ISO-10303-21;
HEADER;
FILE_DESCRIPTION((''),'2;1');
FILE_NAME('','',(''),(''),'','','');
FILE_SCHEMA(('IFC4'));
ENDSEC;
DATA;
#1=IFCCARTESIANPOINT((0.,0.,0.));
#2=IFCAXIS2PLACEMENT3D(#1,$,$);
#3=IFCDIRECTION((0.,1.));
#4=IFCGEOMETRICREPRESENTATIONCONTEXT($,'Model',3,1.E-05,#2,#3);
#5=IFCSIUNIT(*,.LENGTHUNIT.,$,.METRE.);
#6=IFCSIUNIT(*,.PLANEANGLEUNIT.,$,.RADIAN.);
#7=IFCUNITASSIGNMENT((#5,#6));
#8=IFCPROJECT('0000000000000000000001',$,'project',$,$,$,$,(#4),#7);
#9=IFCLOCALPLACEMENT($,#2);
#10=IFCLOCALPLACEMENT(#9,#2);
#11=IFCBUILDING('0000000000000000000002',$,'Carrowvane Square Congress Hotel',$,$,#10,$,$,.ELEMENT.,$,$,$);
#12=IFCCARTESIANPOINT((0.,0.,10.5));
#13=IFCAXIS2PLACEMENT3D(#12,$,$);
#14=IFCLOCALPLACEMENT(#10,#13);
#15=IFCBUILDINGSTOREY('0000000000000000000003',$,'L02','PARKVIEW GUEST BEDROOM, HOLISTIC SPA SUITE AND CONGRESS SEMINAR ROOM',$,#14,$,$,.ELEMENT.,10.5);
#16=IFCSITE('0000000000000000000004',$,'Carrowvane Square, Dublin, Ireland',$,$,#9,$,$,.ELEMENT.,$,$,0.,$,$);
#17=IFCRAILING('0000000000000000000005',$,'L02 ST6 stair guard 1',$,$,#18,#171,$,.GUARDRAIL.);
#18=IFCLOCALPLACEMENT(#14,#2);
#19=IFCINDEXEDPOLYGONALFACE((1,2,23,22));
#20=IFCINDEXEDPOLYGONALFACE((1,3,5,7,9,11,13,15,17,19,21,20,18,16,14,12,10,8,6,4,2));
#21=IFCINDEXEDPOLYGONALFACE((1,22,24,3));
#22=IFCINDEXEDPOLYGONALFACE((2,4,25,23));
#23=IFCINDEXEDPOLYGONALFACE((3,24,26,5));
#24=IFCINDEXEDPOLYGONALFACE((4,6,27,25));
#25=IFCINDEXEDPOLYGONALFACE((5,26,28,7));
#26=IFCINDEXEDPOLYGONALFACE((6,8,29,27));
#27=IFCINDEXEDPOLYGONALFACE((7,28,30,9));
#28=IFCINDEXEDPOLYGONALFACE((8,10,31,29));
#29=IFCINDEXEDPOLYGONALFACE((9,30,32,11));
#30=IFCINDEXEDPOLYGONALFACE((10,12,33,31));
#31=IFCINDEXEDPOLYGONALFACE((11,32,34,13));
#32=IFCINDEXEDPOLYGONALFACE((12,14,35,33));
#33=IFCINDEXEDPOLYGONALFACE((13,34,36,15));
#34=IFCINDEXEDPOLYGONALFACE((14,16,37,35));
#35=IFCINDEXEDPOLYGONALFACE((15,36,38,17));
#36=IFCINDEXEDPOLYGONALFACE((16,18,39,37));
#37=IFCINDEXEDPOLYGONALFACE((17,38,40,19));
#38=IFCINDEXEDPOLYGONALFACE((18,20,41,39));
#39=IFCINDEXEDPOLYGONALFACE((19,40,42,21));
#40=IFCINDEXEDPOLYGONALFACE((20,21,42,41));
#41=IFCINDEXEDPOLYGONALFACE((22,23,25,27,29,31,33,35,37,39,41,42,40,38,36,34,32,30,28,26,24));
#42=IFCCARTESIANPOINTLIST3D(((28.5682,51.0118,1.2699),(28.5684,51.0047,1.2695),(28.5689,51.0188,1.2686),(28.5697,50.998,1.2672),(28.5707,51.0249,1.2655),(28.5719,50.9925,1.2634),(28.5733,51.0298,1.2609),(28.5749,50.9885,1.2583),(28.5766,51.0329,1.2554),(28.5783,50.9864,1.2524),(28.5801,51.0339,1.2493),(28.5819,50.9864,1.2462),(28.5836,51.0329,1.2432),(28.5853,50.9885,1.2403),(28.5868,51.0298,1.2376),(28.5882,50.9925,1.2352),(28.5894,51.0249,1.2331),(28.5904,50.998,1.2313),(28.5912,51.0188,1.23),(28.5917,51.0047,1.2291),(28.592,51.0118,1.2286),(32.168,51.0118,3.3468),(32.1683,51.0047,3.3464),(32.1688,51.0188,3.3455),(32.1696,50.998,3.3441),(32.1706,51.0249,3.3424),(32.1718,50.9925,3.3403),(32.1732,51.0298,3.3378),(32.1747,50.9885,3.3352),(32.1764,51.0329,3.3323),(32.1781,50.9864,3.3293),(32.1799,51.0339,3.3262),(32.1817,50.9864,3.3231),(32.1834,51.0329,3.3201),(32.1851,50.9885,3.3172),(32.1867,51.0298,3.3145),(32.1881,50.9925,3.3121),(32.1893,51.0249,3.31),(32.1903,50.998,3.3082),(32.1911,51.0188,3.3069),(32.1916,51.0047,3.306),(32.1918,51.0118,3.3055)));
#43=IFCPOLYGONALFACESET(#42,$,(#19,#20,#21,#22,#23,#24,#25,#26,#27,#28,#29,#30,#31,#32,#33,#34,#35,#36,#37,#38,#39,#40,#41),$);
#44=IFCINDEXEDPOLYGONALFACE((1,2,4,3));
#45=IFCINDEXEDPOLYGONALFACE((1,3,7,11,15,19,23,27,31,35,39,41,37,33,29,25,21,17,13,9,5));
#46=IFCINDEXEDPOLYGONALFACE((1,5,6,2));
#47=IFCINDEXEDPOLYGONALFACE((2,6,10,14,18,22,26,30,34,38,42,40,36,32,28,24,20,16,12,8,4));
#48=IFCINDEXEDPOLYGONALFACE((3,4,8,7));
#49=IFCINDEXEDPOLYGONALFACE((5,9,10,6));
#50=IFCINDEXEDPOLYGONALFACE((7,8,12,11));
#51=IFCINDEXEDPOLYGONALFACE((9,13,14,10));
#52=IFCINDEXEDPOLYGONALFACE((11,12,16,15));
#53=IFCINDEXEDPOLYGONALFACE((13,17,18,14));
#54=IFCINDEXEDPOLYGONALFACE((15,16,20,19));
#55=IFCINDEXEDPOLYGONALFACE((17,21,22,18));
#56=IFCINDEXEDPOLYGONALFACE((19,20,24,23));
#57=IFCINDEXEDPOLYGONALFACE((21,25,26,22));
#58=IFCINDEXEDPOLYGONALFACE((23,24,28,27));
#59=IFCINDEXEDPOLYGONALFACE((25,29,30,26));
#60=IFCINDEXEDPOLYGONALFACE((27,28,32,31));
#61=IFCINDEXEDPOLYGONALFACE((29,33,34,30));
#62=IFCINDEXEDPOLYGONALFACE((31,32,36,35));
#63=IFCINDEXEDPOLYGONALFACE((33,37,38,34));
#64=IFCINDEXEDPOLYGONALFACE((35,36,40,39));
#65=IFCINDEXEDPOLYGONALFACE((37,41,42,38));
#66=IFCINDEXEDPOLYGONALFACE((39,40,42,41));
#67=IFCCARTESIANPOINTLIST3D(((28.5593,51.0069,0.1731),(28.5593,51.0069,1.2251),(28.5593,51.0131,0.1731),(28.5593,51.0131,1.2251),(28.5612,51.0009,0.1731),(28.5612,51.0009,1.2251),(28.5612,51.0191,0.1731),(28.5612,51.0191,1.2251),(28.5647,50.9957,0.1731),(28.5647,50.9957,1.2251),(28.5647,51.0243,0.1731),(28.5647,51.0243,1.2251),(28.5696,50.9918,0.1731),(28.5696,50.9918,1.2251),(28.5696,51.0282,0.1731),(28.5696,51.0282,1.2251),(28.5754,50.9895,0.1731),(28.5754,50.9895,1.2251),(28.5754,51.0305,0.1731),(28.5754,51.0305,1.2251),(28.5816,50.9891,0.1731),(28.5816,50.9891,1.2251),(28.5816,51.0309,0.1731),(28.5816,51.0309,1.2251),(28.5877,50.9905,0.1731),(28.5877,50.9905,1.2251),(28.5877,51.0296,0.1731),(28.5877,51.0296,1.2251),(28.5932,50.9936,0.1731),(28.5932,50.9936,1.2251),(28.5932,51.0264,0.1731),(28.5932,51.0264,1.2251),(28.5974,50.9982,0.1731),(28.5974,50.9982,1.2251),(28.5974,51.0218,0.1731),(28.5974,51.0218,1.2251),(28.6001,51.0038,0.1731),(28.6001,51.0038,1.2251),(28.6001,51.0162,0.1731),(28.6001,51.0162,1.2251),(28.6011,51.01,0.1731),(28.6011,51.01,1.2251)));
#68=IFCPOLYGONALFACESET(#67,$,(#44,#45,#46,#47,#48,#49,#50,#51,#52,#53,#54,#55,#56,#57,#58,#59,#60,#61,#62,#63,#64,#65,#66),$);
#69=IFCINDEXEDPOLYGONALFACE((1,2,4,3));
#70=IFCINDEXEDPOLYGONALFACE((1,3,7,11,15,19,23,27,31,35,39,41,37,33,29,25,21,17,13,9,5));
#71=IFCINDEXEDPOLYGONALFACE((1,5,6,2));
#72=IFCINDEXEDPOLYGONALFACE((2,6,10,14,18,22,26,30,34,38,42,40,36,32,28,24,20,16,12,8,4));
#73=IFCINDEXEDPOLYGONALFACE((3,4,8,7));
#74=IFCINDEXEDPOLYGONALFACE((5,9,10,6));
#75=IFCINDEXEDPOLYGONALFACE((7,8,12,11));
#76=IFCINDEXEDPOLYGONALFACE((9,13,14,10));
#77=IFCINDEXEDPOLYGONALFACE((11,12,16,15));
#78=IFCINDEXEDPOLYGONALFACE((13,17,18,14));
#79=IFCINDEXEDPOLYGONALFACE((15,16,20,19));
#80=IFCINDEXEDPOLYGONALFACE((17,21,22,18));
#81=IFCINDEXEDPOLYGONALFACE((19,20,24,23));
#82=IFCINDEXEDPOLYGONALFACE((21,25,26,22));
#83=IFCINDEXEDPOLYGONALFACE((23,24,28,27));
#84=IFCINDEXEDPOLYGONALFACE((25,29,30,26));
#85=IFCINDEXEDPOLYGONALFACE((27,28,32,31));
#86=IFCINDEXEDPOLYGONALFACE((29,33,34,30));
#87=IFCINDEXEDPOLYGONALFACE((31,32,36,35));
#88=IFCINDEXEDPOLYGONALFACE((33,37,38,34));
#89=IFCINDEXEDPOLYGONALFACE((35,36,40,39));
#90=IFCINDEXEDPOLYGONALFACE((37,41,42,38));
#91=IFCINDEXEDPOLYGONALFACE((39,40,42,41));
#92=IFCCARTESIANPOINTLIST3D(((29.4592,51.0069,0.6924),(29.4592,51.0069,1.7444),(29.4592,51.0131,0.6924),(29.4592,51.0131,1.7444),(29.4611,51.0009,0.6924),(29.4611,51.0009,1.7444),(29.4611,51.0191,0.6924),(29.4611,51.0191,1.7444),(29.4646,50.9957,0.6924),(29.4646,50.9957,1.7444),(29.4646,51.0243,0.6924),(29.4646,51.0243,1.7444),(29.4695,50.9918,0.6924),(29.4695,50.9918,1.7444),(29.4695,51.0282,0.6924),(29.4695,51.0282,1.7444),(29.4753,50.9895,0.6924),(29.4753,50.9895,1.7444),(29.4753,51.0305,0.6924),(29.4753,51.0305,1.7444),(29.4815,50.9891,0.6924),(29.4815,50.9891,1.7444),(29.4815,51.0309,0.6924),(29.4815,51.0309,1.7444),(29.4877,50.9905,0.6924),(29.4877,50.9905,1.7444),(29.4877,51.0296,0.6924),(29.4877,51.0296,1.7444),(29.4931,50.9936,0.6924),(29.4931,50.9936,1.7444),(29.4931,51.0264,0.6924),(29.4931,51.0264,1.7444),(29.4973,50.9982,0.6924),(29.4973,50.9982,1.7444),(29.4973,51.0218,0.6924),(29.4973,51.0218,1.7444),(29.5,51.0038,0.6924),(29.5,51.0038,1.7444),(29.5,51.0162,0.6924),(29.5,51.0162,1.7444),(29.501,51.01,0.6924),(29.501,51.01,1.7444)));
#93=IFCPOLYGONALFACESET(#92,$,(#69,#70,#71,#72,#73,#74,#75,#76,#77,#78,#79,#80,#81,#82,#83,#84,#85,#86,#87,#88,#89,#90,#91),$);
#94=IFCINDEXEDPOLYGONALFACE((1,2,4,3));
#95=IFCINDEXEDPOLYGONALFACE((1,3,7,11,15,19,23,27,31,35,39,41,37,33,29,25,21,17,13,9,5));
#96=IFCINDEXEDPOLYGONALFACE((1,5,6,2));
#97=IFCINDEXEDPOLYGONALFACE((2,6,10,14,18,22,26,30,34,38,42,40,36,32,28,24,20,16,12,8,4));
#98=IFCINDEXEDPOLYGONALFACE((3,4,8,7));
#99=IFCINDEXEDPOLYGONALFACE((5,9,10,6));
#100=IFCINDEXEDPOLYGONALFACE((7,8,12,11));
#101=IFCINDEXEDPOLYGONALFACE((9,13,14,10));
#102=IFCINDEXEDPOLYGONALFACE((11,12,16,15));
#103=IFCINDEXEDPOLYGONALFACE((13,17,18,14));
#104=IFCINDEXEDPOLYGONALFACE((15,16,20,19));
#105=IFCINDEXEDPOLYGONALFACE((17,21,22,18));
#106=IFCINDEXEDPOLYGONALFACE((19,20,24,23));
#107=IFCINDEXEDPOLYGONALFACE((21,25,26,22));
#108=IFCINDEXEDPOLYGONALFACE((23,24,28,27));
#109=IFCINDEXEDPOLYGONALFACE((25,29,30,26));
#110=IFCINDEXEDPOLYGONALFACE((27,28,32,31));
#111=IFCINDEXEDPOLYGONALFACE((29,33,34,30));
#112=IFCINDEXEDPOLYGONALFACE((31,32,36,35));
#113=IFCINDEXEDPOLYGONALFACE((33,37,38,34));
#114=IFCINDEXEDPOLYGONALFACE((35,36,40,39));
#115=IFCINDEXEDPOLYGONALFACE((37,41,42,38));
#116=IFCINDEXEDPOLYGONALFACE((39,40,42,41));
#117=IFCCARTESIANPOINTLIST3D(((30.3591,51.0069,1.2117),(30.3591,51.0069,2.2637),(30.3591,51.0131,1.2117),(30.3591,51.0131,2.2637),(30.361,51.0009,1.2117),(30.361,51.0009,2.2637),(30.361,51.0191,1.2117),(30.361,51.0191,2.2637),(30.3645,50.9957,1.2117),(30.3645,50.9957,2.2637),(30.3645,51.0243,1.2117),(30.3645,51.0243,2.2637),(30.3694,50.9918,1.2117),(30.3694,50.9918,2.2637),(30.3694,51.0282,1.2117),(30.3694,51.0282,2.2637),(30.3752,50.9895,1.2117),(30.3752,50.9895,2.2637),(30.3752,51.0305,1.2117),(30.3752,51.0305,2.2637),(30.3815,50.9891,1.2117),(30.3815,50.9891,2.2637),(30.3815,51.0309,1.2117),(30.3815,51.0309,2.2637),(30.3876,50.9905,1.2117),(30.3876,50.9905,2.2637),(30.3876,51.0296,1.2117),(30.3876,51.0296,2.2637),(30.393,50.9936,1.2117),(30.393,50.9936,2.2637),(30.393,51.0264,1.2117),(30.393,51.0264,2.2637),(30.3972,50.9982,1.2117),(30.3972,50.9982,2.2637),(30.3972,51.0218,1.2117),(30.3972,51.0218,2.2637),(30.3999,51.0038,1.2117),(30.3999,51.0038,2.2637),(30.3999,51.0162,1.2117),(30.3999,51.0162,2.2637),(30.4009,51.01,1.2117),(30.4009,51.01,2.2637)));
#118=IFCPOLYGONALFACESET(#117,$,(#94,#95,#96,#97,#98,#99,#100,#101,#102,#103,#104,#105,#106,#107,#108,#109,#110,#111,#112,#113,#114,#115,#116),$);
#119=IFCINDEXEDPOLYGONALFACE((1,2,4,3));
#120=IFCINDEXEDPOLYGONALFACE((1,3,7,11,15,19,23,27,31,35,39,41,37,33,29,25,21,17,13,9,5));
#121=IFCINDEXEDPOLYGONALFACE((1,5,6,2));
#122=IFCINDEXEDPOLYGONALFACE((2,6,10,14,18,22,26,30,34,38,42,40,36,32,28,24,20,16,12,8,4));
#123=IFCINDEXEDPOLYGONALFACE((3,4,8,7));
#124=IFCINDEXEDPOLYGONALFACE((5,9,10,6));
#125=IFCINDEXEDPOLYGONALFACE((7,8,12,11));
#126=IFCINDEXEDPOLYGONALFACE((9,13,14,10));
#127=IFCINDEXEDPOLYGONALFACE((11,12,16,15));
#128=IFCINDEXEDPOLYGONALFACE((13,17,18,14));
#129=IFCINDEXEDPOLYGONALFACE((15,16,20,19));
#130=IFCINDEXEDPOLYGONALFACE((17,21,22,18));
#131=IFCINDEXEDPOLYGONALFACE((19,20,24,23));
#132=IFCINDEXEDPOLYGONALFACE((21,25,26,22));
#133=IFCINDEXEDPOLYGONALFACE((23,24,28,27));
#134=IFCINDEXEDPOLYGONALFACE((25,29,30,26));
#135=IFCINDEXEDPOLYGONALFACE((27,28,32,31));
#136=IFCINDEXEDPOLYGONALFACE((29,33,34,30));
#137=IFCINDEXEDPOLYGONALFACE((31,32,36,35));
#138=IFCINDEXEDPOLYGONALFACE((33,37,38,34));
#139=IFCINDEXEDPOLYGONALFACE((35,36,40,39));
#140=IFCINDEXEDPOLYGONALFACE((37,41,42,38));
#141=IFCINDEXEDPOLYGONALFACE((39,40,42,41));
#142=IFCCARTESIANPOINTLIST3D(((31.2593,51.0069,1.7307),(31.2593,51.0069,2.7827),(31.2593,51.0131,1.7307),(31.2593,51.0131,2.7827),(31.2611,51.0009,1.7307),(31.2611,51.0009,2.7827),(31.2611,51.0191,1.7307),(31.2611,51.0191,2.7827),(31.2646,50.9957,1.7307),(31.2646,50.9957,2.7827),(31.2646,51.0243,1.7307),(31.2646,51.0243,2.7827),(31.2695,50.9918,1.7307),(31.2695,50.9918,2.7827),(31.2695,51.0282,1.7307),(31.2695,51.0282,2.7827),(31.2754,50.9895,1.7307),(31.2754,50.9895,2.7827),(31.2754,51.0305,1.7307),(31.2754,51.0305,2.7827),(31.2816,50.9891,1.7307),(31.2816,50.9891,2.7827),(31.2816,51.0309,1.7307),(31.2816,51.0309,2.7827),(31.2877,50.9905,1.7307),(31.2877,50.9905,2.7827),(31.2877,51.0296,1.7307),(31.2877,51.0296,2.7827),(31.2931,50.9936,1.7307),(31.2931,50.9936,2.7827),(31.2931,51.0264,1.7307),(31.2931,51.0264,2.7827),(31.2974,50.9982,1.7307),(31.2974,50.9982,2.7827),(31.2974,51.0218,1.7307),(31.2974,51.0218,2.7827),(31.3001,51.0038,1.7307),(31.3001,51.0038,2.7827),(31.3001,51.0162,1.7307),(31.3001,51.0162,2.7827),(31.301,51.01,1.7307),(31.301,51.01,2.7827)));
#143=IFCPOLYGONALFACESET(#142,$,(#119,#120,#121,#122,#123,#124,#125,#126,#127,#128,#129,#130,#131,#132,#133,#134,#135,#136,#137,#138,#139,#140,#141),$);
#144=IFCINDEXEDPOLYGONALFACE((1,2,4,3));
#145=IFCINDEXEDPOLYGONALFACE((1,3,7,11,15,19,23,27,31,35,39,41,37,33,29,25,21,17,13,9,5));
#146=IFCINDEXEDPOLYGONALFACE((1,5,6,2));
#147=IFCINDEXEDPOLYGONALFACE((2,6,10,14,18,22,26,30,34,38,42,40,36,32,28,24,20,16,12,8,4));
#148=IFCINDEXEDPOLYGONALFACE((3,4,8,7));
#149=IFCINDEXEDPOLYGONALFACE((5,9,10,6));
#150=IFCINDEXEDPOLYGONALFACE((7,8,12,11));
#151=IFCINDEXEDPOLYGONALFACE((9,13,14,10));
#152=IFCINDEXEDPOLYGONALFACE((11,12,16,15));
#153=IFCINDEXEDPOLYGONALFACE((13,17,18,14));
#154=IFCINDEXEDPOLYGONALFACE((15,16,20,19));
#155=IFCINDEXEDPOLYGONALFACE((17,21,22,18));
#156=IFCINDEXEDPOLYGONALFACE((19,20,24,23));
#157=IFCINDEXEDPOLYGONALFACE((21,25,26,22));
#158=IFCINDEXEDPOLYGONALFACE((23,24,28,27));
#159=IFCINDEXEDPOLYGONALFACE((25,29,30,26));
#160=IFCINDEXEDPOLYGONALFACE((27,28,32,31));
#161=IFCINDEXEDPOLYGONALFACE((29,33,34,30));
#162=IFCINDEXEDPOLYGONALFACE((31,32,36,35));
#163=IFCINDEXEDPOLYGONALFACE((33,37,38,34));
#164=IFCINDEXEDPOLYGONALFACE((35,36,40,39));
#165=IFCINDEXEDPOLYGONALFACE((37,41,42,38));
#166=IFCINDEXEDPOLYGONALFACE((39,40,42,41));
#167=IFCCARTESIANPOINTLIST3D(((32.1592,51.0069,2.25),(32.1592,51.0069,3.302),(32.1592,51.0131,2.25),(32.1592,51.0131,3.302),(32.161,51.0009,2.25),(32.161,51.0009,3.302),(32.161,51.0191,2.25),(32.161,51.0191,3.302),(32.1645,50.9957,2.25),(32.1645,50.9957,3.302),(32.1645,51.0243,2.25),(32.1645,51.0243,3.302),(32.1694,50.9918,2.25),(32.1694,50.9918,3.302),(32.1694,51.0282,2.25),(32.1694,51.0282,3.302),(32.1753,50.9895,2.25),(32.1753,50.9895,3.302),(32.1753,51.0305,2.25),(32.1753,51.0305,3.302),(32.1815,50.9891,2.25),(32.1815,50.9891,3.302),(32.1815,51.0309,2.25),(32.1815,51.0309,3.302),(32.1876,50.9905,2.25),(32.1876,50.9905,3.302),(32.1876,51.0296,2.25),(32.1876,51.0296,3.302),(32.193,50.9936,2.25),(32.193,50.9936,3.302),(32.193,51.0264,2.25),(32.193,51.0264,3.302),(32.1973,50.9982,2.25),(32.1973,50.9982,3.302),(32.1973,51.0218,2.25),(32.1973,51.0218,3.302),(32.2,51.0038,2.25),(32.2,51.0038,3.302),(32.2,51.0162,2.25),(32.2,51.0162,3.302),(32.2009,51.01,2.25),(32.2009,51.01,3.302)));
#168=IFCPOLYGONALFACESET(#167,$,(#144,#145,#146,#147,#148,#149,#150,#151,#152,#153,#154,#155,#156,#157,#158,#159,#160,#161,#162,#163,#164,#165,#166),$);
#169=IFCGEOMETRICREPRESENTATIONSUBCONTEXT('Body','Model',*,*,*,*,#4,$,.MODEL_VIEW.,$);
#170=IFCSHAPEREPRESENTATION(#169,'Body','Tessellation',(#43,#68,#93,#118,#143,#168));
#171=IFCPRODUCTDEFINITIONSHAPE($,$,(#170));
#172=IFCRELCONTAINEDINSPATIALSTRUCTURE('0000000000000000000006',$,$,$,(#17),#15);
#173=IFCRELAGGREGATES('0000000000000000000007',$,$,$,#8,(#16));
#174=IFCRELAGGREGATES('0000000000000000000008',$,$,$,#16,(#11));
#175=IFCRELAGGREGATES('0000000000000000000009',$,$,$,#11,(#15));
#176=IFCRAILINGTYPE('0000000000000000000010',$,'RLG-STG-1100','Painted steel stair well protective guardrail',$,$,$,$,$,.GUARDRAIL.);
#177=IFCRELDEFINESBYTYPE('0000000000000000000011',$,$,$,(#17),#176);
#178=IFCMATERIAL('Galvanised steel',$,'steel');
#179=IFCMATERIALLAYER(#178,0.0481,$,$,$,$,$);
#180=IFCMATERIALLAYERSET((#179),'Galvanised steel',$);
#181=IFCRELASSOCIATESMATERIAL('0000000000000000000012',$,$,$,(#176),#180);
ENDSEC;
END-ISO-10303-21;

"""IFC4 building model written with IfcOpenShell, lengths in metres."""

from ifc_helpers import new_model, si_unit, direction, frame, origin, origin_2d, place, context, subcontext, project, spatial, circle, extrude, material, layer, layer_set, type_object, element, save


model = new_model("IFC4")

# Units and contexts
model_context = context("Model", 3, precision=1e-05, world=origin(), true_north=direction((0.0, 1.0)))
body_context = subcontext(model_context, "Body", "Model", "MODEL_VIEW")
ifc_project = project(units=[si_unit("LENGTHUNIT", "METRE"), si_unit("PLANEANGLEUNIT", "RADIAN")], contexts=[model_context])

# Site, building, storey
site_placement = place(None, origin())
site = spatial("IfcSite", under=ifc_project, at=site_placement, Name="Carrowvane Square, Dublin, Ireland", CompositionType="ELEMENT", RefElevation=0.0)
building_placement = place(site_placement, origin())
building = spatial("IfcBuilding", under=site, at=building_placement, Name="Carrowvane Square Congress Hotel", CompositionType="ELEMENT")
storey_placement = place(building_placement, frame((0.0, 0.0, 10.5)))
storey = spatial("IfcBuildingStorey", under=building, at=storey_placement, Name="L02", Description="PARKVIEW GUEST BEDROOM, HOLISTIC SPA SUITE AND CONGRESS SEMINAR ROOM", CompositionType="ELEMENT", Elevation=10.5)

# Railing
ifc_material_1 = material(Name="Galvanised steel", Category="steel")
ifc_layer_1 = layer(ifc_material_1, 0.0481)
ifc_layer_set_1 = layer_set([ifc_layer_1], Name="Galvanised steel")
railing_type_1 = type_object("IfcRailingType", Name="RLG-STG-1100", Description="Painted steel stair well protective guardrail", PredefinedType="GUARDRAIL", material=ifc_layer_set_1)
railing_1_placement = place(storey_placement, frame((28.5801, 51.01, 0.1731)))
element("IfcRailing", 1, at=railing_1_placement, inside=storey, type_object=railing_type_1, Name="L02 ST6 stair guard 1", PredefinedType="GUARDRAIL", context=body_context, shape_type="SweptSolid", body=[
    extrude(circle(Radius=0.0239, at=origin_2d()), frame((0.0, 0.0, 1.0762), z_axis=(0.866179, 0.0, 0.499734), x_axis=(0.0, 1.0, 0.0)), (0.0, 0.0, 1.0), 4.156),
    extrude(circle(Radius=0.021, at=origin_2d()), origin(), (0.0, 0.0, 1.0), 1.052),
    extrude(circle(Radius=0.021, at=origin_2d()), frame((0.8999, 0.0, 0.5193)), (0.0, 0.0, 1.0), 1.052),
    extrude(circle(Radius=0.021, at=origin_2d()), frame((1.7998, 0.0, 1.0386)), (0.0, 0.0, 1.0), 1.052),
    extrude(circle(Radius=0.021, at=origin_2d()), frame((2.7, 0.0, 1.5576)), (0.0, 0.0, 1.0), 1.052),
    extrude(circle(Radius=0.021, at=origin_2d()), frame((3.5999, 0.0, 2.0769)), (0.0, 0.0, 1.0), 1.052),
])

save(model, "model.ifc")
